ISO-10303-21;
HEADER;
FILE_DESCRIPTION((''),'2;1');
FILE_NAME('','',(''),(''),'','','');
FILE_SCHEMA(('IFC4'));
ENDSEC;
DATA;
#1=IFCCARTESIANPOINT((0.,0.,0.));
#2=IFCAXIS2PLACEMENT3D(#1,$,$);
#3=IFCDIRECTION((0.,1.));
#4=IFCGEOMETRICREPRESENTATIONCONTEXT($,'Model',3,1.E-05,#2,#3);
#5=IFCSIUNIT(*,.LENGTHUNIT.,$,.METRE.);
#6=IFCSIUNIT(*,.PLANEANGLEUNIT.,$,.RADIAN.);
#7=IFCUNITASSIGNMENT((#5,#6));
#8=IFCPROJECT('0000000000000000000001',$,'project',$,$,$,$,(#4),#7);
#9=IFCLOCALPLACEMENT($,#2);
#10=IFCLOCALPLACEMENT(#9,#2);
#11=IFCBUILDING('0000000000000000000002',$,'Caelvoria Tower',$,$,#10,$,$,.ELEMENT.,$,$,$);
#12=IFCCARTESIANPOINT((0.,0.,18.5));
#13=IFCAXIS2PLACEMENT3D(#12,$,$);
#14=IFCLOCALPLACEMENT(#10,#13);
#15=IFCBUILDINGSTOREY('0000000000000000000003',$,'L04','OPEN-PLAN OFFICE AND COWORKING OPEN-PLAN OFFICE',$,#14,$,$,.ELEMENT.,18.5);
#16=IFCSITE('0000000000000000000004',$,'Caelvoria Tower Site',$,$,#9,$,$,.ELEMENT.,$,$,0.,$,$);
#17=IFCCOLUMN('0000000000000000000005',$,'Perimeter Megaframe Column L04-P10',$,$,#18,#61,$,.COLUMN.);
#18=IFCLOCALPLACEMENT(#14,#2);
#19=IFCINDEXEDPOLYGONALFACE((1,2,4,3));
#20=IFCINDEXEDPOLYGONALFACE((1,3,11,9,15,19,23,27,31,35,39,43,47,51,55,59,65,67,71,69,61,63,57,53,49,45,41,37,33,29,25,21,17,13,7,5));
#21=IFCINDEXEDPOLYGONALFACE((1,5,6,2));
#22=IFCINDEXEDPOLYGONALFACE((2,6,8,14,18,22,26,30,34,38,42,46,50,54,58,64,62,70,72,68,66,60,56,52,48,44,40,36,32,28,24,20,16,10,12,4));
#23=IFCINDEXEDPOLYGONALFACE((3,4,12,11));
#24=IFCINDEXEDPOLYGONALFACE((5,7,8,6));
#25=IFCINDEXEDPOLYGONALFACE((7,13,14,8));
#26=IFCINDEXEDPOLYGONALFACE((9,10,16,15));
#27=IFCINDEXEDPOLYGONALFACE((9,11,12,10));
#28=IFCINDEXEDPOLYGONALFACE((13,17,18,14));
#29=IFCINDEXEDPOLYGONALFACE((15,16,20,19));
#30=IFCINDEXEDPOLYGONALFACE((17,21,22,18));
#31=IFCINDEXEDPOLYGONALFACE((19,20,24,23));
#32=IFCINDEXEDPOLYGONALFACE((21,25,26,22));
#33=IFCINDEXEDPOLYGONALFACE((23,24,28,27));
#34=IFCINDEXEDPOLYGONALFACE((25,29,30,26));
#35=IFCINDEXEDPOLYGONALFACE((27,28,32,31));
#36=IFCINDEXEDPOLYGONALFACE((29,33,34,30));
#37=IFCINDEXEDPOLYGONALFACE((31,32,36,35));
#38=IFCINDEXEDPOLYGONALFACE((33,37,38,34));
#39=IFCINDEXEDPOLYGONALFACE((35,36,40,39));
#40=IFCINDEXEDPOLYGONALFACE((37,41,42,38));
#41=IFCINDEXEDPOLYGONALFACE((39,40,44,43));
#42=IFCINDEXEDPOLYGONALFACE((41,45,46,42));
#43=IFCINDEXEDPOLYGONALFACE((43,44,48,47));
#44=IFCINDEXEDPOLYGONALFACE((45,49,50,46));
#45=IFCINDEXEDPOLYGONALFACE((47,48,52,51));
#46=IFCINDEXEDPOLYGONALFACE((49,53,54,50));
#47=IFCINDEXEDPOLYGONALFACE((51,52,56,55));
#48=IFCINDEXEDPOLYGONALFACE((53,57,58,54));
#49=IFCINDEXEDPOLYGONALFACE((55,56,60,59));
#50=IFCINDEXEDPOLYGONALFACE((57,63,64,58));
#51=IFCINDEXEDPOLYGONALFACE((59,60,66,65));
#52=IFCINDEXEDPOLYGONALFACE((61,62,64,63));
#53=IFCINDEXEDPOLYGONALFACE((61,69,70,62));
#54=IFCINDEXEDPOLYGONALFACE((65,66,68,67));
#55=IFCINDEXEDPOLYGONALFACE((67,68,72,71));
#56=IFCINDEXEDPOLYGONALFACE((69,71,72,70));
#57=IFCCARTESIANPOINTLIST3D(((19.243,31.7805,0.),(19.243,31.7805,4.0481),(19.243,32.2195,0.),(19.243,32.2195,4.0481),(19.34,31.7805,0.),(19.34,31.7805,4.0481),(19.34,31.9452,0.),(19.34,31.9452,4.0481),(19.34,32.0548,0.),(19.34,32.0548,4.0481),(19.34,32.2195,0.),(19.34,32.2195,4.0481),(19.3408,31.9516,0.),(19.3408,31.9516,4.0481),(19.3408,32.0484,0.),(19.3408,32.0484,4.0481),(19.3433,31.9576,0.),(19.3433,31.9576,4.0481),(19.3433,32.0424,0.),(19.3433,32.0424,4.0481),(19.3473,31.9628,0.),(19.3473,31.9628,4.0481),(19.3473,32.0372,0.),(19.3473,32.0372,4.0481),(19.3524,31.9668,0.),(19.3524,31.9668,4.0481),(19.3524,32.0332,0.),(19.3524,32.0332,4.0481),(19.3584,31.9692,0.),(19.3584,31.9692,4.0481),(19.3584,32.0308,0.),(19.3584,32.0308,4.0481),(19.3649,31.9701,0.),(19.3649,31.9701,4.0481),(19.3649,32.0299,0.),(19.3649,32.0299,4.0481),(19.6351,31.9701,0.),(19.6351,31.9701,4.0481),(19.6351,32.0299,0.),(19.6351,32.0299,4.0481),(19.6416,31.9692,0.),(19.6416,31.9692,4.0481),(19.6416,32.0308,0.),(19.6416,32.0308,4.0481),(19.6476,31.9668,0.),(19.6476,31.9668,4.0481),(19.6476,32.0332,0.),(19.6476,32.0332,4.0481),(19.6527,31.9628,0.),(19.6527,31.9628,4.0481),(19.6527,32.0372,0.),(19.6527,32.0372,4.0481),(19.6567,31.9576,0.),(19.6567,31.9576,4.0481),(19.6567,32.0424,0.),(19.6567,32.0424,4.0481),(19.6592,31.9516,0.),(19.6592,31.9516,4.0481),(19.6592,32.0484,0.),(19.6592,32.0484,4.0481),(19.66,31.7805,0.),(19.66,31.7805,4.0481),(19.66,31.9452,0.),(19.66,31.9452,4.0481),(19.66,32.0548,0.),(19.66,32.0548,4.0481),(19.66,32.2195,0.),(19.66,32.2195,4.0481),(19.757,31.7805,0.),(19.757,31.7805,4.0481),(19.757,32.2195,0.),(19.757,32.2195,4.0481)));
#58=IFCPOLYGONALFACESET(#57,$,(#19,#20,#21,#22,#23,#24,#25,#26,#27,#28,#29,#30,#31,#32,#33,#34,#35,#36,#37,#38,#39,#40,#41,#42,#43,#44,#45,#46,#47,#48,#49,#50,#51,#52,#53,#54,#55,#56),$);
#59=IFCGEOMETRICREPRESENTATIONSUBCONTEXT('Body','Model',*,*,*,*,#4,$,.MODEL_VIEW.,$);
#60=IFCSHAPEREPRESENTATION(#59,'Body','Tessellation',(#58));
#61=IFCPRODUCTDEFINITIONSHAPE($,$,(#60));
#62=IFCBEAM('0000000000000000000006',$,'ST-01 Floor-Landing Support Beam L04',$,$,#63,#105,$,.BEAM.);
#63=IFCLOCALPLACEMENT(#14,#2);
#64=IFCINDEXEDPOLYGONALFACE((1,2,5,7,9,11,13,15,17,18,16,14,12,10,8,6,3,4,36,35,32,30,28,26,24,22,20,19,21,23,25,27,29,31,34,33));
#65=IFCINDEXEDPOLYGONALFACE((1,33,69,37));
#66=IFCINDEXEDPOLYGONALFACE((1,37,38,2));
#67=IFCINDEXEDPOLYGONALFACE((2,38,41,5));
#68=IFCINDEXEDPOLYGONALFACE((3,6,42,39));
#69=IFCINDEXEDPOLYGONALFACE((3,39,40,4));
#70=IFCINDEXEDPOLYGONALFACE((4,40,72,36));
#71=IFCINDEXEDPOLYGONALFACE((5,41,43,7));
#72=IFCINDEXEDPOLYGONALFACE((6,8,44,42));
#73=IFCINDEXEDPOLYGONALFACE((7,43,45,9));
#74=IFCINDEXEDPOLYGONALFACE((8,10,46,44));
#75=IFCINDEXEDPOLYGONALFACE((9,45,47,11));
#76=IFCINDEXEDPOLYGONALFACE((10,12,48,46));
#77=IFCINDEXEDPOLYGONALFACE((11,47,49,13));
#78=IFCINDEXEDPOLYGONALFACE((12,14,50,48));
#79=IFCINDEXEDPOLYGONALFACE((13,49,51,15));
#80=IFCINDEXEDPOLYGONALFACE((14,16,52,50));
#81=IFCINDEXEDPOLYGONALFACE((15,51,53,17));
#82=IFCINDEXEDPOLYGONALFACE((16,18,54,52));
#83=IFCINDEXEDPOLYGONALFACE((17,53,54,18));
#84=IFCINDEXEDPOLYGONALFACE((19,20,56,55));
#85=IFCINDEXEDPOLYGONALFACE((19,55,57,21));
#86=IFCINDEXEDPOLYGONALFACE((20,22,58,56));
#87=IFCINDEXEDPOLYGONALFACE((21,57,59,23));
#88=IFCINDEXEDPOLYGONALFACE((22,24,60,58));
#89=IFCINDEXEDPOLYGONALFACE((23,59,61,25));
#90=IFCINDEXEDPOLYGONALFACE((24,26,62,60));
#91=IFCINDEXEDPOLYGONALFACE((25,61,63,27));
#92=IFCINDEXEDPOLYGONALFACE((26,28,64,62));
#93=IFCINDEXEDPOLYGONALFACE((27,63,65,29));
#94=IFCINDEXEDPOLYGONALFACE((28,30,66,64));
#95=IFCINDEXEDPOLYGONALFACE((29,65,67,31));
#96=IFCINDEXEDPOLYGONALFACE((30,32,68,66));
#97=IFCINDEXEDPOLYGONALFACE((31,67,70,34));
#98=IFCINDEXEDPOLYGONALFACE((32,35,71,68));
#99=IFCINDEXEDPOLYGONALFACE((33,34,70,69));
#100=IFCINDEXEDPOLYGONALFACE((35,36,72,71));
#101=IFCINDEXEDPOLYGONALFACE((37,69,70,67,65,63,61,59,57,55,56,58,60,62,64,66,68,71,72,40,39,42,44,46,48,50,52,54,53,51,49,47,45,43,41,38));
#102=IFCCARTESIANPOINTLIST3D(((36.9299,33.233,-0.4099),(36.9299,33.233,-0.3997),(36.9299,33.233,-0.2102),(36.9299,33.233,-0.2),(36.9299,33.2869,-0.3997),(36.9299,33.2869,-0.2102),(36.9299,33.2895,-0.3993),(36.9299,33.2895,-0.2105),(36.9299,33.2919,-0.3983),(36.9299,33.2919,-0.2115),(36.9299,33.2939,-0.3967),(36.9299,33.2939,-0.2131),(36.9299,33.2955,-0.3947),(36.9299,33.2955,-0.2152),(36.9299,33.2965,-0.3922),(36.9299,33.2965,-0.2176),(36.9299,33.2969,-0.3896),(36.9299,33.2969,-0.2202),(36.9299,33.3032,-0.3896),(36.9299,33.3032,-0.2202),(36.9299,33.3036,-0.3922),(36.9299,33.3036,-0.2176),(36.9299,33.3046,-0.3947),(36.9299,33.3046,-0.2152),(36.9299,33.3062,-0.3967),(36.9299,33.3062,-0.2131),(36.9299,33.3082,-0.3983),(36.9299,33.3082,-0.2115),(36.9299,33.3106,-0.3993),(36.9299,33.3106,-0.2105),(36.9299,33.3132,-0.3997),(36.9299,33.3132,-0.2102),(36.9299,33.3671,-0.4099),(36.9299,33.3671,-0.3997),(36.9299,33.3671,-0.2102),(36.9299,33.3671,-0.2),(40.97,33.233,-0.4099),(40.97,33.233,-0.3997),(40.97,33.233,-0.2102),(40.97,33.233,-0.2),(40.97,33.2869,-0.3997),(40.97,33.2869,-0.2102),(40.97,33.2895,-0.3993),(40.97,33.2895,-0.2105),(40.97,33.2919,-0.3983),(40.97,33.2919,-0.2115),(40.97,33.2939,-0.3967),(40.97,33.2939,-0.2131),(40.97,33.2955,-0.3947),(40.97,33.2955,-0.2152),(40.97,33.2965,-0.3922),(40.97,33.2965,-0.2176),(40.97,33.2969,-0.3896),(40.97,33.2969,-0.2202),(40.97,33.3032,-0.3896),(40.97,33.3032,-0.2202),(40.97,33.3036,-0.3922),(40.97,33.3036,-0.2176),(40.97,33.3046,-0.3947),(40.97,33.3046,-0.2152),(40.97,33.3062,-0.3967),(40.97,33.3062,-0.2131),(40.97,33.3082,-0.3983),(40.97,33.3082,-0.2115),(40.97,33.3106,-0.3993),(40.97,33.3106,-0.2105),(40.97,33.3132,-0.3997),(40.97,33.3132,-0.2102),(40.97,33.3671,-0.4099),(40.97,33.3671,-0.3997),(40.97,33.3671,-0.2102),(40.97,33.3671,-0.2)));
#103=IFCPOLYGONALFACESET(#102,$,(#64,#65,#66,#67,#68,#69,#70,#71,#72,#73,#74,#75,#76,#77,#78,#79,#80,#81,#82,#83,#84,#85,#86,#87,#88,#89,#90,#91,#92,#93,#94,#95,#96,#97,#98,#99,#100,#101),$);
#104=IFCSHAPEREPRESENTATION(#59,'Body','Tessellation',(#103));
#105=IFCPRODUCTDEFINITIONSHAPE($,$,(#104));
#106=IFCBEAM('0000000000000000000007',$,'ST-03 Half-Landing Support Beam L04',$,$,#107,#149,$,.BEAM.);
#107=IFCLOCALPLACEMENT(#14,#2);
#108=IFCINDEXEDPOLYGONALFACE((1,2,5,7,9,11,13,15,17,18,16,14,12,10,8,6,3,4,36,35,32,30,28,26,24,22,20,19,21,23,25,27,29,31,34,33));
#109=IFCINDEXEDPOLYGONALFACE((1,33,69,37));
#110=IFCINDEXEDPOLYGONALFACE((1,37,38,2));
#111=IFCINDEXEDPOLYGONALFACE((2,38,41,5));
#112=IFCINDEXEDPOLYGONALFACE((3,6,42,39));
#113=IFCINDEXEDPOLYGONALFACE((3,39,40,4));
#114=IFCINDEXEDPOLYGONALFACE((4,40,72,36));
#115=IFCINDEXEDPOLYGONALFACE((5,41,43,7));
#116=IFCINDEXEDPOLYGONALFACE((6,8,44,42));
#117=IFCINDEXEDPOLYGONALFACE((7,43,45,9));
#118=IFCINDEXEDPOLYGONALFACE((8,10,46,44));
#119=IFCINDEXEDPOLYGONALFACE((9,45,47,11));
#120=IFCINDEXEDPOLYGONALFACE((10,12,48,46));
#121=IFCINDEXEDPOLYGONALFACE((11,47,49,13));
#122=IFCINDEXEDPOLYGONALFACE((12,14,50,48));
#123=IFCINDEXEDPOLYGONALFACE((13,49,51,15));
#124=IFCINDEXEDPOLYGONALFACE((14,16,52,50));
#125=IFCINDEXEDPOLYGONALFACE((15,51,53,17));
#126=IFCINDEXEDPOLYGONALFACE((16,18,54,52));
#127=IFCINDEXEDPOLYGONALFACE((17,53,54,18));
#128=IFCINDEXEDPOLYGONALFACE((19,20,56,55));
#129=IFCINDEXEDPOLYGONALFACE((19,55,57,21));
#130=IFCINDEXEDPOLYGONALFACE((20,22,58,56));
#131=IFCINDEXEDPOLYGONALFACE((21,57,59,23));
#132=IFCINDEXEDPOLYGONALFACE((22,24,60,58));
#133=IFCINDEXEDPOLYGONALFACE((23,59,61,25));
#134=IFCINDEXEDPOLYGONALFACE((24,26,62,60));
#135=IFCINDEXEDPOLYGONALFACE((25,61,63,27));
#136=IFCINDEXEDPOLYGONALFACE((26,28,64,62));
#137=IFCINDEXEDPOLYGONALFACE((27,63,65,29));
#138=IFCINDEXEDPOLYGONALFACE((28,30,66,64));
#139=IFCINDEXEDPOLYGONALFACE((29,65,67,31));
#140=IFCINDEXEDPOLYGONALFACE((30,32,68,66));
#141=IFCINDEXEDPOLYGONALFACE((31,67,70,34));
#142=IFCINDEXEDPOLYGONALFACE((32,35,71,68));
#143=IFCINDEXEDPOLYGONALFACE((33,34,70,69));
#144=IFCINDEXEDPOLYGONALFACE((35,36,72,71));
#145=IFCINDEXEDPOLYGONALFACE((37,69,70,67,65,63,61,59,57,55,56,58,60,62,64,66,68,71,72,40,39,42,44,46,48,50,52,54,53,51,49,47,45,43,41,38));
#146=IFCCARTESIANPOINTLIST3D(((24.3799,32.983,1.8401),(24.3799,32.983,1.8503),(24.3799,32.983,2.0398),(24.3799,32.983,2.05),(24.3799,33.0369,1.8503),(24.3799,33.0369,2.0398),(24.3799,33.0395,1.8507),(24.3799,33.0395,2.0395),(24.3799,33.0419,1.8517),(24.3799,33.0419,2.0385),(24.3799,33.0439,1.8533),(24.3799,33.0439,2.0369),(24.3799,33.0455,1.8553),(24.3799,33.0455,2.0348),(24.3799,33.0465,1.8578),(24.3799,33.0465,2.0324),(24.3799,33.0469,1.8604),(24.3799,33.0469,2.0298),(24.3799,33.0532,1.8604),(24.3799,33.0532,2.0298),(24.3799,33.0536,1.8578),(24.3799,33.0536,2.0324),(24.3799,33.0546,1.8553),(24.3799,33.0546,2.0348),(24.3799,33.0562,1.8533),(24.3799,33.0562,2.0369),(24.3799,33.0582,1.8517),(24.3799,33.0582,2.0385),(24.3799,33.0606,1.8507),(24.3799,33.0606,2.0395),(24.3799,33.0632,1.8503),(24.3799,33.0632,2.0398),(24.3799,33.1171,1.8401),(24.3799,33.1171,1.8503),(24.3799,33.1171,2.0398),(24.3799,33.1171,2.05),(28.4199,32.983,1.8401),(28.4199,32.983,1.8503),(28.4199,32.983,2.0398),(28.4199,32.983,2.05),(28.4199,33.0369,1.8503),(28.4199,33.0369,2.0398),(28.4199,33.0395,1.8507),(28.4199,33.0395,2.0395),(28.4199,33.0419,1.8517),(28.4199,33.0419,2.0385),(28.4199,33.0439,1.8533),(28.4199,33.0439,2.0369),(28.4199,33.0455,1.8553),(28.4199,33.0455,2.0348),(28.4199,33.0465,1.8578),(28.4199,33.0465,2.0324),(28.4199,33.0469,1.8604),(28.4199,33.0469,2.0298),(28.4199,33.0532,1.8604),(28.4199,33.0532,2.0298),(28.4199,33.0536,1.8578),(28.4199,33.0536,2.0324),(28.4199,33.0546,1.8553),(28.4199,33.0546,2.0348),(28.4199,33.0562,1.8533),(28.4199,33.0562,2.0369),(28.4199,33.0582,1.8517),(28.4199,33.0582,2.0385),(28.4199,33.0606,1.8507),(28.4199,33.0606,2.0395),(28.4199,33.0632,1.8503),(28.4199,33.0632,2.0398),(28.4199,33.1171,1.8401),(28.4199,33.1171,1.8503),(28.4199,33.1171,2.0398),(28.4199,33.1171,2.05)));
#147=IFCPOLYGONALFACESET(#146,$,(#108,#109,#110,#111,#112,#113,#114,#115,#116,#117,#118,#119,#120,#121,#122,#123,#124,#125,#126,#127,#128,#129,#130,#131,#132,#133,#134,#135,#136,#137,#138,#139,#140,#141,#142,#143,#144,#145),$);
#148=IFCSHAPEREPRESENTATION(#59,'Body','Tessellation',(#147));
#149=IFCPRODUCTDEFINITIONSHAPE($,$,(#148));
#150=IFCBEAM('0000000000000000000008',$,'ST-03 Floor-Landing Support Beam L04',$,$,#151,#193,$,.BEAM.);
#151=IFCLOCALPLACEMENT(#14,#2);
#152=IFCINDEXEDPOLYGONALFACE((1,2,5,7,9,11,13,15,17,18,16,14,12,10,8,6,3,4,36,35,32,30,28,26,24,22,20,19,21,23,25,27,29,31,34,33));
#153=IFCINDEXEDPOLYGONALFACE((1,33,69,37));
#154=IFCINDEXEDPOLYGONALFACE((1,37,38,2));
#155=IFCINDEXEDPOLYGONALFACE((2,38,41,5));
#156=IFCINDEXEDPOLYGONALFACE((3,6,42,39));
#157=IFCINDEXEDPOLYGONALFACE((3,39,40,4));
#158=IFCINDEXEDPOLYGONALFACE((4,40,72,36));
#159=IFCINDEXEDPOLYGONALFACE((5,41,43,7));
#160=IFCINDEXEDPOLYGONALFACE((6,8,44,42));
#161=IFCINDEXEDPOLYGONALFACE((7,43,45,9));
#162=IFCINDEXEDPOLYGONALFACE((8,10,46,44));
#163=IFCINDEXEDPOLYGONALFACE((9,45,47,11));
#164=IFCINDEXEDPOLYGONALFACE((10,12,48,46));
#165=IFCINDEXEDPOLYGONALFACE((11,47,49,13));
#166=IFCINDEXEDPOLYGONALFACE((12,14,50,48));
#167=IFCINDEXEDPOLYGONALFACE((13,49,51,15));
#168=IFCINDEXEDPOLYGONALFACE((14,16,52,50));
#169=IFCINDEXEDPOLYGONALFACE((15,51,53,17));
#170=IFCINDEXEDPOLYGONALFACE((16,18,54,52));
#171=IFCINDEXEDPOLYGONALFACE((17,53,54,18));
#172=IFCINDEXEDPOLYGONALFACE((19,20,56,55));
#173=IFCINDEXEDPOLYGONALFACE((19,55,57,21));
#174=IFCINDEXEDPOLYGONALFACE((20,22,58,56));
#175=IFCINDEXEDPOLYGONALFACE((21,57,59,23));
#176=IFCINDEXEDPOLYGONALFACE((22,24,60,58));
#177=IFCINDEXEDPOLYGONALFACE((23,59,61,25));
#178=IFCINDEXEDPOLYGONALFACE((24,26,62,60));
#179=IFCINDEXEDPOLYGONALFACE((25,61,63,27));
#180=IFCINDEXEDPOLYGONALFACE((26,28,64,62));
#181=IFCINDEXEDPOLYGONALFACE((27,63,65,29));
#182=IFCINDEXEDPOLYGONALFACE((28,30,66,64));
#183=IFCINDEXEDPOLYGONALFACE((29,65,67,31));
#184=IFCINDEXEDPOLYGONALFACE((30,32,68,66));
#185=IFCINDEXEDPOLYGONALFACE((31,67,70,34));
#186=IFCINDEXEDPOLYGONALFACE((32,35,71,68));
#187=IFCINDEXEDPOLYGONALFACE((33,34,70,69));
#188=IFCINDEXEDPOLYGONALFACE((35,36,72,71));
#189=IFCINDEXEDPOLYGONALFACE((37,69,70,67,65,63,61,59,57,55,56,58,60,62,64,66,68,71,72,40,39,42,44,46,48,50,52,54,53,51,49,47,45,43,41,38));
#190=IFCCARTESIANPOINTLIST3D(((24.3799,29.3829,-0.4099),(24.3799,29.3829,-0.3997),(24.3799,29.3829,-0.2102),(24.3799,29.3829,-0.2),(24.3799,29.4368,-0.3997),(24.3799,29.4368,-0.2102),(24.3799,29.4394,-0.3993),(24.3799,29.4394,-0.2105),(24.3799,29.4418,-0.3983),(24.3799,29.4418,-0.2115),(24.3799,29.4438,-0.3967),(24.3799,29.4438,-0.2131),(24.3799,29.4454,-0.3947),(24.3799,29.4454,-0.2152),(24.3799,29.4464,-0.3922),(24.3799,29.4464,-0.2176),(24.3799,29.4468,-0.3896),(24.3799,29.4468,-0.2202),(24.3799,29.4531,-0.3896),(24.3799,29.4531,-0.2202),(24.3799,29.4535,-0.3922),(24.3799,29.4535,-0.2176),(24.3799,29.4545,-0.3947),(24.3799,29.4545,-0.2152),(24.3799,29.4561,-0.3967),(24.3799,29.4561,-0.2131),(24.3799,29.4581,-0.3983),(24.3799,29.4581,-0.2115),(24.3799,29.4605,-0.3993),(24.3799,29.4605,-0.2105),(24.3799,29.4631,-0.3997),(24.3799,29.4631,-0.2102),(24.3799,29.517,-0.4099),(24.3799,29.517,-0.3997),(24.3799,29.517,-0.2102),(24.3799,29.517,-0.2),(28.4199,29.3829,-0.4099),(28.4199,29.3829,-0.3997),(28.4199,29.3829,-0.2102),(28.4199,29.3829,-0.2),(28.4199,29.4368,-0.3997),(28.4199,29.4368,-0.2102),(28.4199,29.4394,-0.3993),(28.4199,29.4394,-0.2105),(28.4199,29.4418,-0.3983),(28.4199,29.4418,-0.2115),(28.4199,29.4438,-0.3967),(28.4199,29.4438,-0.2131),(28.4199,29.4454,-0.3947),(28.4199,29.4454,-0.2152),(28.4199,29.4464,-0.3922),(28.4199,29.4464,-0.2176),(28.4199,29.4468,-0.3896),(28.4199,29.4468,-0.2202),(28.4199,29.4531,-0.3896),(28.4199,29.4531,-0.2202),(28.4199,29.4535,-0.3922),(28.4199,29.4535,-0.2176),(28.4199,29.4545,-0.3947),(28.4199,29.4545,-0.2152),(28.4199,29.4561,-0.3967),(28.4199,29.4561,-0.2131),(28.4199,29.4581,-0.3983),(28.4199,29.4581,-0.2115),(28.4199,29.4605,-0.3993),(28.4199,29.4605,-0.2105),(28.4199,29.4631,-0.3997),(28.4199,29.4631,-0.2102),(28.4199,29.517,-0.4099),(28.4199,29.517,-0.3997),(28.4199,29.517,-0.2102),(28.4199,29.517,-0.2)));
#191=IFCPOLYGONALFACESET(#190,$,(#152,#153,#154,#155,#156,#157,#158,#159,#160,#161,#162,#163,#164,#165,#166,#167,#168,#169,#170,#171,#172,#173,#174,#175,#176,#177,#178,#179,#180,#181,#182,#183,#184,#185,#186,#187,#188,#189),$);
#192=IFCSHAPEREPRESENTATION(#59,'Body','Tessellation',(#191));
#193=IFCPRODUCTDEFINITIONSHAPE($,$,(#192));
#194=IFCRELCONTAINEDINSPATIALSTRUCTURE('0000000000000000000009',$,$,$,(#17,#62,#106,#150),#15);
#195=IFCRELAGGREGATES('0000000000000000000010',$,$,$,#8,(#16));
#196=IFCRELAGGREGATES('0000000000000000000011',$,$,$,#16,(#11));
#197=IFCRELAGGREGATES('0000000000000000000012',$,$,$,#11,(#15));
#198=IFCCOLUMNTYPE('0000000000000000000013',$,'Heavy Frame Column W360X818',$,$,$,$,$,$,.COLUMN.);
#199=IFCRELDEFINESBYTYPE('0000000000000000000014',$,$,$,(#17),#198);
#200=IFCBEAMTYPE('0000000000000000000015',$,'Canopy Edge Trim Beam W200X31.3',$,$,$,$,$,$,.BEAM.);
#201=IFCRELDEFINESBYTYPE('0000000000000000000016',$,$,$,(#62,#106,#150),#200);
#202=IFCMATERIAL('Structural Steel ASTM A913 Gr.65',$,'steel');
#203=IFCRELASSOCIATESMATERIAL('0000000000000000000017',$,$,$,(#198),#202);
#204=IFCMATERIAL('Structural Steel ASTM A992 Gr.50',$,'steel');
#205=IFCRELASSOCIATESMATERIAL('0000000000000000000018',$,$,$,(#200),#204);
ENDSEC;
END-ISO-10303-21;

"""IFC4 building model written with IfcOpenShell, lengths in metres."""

from ifc_helpers import new_model, si_unit, direction, frame, origin, origin_2d, place, context, subcontext, project, spatial, i_section, extrude, material, material_profile, profile_set, type_object, element, save


model = new_model("IFC4")

# Units and contexts
model_context = context("Model", 3, precision=1e-05, world=origin(), true_north=direction((0.0, 1.0)))
body_context = subcontext(model_context, "Body", "Model", "MODEL_VIEW")
ifc_project = project(units=[si_unit("LENGTHUNIT", "METRE"), si_unit("PLANEANGLEUNIT", "RADIAN")], contexts=[model_context])

# Site, building, storey
site_placement = place(None, origin())
site = spatial("IfcSite", under=ifc_project, at=site_placement, Name="Caelvoria Tower Site", CompositionType="ELEMENT", RefElevation=0.0)
building_placement = place(site_placement, origin())
building = spatial("IfcBuilding", under=site, at=building_placement, Name="Caelvoria Tower", CompositionType="ELEMENT")
storey_placement = place(building_placement, frame((0.0, 0.0, 18.5)))
storey = spatial("IfcBuildingStorey", under=building, at=storey_placement, Name="L04", Description="OPEN-PLAN OFFICE AND COWORKING OPEN-PLAN OFFICE", CompositionType="ELEMENT", Elevation=18.5)

# Column
ifc_material_1 = material(Name="Structural Steel ASTM A913 Gr.65", Category="steel")
ifc_material_profile_1 = material_profile(ifc_material_1, i_section(OverallWidth=0.439, OverallDepth=0.5139, WebThickness=0.0598, FlangeThickness=0.0969, FilletRadius=0.0249, at=origin_2d()), Name="Structural Steel ASTM A913 Gr.65")
ifc_profile_set_1 = profile_set([ifc_material_profile_1], Name="W360X818 - Structural Steel ASTM A913 Gr.65")
column_type = type_object("IfcColumnType", Name="Heavy Frame Column W360X818", PredefinedType="COLUMN", material=ifc_profile_set_1)
column_placement = place(storey_placement, frame((19.5, 32.0, 0.0), z_axis=(0.0, 0.0, 1.0), x_axis=(0.0, 1.0, 0.0)))
element("IfcColumn", 1, at=column_placement, inside=storey, type_object=column_type, Name="Perimeter Megaframe Column L04-P10", PredefinedType="COLUMN", context=body_context, shape_type="SweptSolid", body=[
    extrude(i_section(OverallWidth=0.439, OverallDepth=0.5139, WebThickness=0.0598, FlangeThickness=0.0969, FilletRadius=0.0249, at=origin_2d()), origin(), (0.0, 0.0, 1.0), 4.0481),
])

# Beams
ifc_material_2 = material(Name="Structural Steel ASTM A992 Gr.50", Category="steel")
ifc_material_profile_2 = material_profile(ifc_material_2, i_section(OverallWidth=0.134, OverallDepth=0.21, WebThickness=0.0063, FlangeThickness=0.0103, FilletRadius=0.01, at=origin_2d()), Name="Structural Steel ASTM A992 Gr.50")
ifc_profile_set_2 = profile_set([ifc_material_profile_2], Name="W200X31.3 - Structural Steel ASTM A992 Gr.50")
beam_type_1 = type_object("IfcBeamType", Name="Canopy Edge Trim Beam W200X31.3", PredefinedType="BEAM", material=ifc_profile_set_2)
for number, where, z_axis, x_axis, name in (
    (2, (36.9299, 33.3, -0.3049), (1.0, 0.0, 0.0), (0.0, 1.0, 0.0), "ST-01 Floor-Landing Support Beam L04"),
    (3, (24.3799, 33.05, 1.9451), (1.0, 0.0, 0.0), (0.0, 1.0, 0.0), "ST-03 Half-Landing Support Beam L04"),
    (4, (24.3799, 29.45, -0.3049), (1.0, 0.0, 0.0), (0.0, 1.0, 0.0), "ST-03 Floor-Landing Support Beam L04"),
):
    element("IfcBeam", number, at=place(storey_placement, frame(where, z_axis=z_axis, x_axis=x_axis)), inside=storey, type_object=beam_type_1, Name=name, PredefinedType="BEAM", context=body_context, shape_type="SweptSolid", body=[
        extrude(i_section(OverallWidth=0.134, OverallDepth=0.21, WebThickness=0.0063, FlangeThickness=0.0103, FilletRadius=0.01, at=origin_2d()), origin(), (0.0, 0.0, 1.0), 4.04),
    ])

save(model, "model.ifc")
